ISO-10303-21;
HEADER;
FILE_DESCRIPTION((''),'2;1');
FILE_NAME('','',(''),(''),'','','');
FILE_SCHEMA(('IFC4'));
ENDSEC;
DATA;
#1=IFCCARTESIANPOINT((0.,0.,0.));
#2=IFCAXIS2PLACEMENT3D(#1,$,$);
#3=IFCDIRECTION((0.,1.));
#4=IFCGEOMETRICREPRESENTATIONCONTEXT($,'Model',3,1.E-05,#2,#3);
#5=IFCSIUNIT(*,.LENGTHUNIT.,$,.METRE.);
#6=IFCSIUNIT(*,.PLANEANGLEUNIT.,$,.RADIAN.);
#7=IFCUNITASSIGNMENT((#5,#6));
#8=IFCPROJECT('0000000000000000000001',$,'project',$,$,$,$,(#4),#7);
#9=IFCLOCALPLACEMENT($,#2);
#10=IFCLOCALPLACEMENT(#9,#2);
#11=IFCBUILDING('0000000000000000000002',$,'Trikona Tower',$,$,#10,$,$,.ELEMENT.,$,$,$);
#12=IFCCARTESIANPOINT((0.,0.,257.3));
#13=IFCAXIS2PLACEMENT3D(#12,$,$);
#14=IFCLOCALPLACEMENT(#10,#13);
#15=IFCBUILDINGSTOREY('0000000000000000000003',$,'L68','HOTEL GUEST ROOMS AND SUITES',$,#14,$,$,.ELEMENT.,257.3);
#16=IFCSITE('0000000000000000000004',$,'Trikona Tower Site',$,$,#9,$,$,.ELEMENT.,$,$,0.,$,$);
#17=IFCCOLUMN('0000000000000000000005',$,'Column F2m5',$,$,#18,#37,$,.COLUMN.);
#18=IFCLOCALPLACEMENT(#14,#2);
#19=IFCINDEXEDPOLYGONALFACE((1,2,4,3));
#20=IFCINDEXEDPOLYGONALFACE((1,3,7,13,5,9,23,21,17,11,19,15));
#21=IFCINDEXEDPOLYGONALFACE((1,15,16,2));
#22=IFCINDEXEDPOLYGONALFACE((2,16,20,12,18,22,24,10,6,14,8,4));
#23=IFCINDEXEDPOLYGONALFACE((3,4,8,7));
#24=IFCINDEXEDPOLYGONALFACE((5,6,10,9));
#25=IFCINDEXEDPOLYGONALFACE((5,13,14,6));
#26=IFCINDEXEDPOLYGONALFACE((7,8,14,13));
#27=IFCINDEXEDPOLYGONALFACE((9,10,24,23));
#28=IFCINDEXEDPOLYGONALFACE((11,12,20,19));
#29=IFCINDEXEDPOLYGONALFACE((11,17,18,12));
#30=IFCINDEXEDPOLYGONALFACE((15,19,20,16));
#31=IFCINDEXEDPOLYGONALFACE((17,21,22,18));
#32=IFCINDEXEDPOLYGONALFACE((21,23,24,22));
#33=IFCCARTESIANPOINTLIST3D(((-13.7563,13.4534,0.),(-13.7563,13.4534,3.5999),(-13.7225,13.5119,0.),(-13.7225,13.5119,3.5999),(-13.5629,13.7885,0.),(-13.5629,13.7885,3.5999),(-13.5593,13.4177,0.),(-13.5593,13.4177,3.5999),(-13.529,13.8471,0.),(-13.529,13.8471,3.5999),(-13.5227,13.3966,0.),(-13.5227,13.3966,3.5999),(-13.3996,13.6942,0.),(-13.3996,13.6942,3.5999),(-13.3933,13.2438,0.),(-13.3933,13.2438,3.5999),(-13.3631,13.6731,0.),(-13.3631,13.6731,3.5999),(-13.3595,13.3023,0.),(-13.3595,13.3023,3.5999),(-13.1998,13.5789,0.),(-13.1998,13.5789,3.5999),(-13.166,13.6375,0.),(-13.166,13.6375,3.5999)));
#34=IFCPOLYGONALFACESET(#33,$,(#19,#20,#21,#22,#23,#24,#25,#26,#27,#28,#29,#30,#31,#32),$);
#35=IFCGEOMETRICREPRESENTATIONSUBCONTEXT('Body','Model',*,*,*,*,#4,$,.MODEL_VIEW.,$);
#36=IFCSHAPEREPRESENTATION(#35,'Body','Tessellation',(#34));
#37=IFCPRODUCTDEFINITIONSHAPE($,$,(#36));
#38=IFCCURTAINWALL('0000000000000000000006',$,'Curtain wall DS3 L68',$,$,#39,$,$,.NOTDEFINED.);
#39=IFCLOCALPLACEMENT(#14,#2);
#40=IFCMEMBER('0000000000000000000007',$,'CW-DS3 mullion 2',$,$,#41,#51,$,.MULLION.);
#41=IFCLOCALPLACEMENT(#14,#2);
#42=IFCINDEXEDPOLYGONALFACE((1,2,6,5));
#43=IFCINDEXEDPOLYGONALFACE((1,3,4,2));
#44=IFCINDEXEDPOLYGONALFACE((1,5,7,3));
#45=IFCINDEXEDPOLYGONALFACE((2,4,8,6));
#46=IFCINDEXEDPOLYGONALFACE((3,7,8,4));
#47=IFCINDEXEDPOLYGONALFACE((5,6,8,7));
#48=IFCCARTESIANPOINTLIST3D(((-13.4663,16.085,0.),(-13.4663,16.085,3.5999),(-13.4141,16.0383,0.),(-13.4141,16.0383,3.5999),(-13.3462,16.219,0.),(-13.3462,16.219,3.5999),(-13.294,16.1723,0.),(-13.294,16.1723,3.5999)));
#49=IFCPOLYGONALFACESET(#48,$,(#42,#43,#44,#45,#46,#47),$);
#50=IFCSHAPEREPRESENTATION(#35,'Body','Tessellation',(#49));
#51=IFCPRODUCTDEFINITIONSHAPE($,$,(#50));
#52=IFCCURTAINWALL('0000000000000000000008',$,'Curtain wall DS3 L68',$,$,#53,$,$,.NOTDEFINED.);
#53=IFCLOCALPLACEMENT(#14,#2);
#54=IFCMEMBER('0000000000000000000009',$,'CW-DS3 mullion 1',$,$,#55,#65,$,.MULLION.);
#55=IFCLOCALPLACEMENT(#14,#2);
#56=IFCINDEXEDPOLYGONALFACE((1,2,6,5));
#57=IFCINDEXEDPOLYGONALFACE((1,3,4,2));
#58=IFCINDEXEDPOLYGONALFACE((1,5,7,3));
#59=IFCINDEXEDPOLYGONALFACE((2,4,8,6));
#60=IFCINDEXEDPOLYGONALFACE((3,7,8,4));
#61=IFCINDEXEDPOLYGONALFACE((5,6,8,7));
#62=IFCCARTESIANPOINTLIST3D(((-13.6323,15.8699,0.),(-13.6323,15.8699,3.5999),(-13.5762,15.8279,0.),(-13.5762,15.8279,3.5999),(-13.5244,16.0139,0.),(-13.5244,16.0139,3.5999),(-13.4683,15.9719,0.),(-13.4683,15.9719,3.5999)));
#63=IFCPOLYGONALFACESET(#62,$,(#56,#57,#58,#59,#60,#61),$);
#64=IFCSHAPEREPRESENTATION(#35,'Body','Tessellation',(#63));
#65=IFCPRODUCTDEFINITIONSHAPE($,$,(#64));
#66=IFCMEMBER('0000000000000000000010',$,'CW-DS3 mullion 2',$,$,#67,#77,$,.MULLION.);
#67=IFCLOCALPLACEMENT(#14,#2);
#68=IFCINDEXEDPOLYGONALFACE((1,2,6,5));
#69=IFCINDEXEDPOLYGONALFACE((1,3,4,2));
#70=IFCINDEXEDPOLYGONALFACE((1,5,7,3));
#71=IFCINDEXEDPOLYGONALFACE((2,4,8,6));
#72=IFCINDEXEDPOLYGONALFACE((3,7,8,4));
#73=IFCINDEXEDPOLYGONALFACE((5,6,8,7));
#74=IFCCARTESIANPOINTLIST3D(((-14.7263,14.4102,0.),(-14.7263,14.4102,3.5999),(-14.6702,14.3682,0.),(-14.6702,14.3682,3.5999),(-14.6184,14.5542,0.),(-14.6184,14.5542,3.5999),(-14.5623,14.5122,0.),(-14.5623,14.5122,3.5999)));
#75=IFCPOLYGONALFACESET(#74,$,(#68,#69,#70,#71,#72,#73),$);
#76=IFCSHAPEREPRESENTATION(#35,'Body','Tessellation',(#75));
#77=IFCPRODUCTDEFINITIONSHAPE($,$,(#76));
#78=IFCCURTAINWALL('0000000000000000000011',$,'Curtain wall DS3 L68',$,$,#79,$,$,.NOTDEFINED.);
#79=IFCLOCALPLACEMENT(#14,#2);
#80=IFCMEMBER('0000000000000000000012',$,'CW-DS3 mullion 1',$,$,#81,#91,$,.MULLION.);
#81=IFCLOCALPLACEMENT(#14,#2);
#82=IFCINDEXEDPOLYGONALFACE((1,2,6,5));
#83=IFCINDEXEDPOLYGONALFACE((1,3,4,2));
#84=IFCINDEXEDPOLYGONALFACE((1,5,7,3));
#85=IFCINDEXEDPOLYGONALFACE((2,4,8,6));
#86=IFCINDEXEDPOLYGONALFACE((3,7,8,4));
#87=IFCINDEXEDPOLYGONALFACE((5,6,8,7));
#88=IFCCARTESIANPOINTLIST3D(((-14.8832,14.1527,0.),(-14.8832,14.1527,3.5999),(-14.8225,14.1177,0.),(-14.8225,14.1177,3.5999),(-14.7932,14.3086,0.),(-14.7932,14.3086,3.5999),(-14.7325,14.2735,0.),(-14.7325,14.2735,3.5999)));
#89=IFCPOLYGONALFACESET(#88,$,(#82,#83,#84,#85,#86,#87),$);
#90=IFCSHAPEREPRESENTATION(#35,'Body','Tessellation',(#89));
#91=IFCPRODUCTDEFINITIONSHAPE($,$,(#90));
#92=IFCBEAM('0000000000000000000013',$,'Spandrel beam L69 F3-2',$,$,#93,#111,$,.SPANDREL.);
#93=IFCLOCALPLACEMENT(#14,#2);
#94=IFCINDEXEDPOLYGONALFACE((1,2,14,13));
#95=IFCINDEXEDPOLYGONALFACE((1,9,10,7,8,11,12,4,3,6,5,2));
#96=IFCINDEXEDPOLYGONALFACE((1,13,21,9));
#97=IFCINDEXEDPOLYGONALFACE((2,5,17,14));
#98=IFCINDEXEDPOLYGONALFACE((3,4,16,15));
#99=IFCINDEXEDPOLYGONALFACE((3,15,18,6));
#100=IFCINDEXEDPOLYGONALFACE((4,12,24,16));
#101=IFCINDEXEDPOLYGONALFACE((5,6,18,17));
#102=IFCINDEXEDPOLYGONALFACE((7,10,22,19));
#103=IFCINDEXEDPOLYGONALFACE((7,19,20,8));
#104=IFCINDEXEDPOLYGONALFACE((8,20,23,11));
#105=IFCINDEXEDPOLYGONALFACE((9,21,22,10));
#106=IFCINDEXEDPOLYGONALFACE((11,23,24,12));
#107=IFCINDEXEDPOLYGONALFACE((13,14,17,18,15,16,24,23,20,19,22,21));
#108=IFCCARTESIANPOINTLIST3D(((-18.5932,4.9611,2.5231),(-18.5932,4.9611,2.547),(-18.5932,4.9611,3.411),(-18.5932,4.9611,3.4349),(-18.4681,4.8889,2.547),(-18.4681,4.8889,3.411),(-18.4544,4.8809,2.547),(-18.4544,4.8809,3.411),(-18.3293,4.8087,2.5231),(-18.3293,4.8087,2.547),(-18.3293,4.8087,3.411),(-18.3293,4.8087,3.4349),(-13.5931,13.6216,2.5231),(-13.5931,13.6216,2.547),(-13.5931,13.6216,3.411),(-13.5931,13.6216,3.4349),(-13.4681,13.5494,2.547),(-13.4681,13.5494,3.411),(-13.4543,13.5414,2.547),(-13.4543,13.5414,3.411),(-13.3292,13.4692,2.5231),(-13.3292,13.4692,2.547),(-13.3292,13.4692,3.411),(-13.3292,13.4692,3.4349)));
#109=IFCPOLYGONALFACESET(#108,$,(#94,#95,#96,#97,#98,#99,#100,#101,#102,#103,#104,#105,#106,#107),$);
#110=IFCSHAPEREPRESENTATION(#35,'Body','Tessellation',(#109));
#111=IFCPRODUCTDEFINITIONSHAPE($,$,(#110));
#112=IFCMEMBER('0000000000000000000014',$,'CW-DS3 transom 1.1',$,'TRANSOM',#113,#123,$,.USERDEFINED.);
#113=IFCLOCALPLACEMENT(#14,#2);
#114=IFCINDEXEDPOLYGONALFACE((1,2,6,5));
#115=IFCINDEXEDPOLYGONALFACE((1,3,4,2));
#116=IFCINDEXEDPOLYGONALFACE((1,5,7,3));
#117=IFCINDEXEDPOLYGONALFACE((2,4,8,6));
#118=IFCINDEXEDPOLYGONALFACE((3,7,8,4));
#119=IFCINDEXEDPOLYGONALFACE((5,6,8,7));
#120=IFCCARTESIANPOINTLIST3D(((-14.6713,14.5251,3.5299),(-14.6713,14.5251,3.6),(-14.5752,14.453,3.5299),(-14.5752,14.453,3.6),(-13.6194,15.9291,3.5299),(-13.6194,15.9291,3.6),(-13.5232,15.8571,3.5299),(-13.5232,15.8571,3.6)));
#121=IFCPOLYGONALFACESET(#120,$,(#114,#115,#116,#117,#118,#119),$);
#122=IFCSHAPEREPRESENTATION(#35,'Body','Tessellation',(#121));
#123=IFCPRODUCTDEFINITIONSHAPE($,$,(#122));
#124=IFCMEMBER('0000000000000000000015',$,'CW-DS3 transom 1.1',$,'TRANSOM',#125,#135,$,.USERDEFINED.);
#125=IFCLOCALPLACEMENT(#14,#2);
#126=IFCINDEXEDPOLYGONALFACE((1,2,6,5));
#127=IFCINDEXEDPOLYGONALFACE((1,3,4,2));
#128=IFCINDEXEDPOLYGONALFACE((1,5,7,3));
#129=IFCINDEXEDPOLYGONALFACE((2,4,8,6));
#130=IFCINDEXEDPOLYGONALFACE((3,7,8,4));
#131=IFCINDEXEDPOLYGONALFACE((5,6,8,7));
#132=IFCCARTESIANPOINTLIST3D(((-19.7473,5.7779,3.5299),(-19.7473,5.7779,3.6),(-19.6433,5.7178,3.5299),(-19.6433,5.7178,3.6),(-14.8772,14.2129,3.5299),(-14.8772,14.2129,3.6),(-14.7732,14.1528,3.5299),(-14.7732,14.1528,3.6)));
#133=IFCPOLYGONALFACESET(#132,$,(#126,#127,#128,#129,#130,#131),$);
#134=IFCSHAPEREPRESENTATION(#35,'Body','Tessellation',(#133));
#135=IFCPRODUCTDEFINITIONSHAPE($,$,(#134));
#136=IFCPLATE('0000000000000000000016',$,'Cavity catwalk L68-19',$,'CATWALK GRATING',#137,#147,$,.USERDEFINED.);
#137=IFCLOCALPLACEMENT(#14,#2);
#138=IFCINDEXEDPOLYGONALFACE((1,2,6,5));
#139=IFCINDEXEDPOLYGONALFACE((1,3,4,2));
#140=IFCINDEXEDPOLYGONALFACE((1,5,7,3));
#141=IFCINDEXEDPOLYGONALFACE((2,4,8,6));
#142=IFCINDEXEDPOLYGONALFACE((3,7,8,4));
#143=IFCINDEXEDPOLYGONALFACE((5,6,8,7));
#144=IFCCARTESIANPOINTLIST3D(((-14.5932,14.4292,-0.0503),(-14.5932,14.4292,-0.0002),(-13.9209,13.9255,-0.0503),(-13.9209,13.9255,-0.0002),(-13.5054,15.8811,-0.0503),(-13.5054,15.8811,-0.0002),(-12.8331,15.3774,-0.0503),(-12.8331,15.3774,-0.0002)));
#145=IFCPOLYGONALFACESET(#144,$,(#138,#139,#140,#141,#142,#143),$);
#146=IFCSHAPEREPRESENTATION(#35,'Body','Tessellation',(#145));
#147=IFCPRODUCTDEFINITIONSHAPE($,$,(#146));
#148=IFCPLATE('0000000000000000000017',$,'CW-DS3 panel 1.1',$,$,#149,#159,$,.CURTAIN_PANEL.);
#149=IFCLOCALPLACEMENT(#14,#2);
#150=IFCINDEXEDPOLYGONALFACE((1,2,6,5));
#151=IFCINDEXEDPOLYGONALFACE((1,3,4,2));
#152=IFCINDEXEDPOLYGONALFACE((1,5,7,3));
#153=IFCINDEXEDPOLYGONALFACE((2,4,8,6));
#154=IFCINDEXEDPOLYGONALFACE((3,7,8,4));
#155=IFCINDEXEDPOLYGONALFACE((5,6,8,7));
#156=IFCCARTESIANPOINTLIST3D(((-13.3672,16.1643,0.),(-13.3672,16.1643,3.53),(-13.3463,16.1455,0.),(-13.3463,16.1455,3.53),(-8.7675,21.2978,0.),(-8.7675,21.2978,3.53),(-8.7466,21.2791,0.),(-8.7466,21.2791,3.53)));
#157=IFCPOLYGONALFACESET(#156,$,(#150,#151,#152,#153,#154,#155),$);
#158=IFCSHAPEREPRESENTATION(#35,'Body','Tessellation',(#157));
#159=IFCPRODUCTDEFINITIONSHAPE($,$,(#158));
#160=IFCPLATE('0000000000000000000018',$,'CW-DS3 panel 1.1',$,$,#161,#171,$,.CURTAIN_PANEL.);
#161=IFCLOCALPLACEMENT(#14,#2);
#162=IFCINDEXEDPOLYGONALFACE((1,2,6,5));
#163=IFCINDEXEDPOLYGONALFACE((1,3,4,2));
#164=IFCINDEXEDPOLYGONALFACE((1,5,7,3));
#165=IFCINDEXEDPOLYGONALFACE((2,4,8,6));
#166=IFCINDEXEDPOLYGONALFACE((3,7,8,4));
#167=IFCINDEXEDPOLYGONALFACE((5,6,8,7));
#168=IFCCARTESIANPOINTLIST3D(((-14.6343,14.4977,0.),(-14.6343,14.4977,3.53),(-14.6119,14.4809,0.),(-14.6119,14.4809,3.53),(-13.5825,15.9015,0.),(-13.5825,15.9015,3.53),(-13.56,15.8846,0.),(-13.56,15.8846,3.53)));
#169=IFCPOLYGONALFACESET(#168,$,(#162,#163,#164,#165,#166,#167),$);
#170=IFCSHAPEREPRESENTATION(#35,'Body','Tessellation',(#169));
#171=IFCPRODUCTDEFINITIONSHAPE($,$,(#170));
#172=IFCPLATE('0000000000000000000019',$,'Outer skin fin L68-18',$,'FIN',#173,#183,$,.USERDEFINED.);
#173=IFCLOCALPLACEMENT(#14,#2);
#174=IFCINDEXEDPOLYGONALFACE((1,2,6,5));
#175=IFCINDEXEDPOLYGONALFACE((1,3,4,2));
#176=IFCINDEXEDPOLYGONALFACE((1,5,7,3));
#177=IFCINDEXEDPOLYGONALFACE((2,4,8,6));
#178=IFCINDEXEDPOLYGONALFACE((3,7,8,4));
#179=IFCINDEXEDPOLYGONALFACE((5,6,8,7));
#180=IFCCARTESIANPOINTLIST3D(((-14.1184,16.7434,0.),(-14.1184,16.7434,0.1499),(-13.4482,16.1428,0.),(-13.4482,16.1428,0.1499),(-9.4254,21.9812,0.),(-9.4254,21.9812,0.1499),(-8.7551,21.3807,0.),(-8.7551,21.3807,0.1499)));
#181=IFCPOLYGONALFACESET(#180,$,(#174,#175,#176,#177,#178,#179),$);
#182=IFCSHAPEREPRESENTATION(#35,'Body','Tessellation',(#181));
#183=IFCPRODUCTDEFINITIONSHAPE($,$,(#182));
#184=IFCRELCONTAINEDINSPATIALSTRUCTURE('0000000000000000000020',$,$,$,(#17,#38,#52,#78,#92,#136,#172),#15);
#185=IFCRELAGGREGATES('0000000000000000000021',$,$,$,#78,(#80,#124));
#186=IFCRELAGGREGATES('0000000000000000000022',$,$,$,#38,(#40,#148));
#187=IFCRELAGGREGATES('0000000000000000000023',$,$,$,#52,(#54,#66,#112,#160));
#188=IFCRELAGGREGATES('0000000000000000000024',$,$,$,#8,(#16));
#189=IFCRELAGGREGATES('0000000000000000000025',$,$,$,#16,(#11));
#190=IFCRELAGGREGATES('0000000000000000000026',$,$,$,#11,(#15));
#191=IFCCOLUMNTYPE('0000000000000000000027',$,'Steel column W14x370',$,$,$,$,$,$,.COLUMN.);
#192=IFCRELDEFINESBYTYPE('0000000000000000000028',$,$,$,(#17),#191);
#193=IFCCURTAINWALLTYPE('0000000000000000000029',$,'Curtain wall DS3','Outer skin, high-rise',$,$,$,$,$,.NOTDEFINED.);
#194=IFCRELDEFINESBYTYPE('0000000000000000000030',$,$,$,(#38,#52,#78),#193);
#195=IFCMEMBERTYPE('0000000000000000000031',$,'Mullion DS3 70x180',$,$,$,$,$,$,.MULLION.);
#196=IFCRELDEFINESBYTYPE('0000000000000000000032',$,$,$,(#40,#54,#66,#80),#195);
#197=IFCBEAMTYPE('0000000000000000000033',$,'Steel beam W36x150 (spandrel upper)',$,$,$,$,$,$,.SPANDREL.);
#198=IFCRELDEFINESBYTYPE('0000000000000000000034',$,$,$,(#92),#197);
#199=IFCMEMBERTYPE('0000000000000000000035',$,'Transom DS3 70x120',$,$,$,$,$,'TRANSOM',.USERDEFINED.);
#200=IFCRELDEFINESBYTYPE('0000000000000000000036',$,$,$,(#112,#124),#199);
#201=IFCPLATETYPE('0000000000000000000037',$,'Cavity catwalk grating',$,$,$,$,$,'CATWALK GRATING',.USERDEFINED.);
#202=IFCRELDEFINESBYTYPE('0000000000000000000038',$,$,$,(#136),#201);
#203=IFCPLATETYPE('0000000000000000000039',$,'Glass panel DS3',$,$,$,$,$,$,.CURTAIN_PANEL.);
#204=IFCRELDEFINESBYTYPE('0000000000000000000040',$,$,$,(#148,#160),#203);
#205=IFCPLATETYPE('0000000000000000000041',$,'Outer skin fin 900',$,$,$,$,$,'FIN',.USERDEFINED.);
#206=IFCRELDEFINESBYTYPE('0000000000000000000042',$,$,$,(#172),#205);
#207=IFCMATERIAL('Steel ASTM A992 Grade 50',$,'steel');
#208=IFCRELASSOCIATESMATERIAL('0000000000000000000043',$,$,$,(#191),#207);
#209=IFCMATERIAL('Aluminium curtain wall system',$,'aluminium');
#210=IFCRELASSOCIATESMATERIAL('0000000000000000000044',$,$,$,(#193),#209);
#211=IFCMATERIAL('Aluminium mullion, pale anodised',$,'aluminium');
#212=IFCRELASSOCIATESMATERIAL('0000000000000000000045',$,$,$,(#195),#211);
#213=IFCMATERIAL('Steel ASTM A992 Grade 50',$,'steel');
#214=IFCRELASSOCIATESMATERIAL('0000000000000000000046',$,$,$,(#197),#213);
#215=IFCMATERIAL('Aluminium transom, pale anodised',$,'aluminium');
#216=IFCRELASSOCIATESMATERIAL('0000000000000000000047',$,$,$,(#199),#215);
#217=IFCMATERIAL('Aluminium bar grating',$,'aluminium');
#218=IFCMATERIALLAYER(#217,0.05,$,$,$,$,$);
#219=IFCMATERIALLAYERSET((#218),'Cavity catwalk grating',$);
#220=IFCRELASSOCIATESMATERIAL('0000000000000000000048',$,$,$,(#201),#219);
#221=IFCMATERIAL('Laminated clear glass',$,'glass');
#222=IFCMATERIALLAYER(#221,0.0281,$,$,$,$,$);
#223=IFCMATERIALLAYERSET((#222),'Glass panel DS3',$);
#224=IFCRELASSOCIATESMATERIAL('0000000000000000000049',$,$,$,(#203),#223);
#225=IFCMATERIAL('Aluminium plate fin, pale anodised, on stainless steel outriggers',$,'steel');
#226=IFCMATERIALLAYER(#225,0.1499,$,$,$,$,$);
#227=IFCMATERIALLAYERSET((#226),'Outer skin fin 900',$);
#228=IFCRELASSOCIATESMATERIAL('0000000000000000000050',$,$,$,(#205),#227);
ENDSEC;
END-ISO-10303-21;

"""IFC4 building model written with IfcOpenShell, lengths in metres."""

from ifc_helpers import new_model, si_unit, direction, frame, origin, origin_2d, place, context, subcontext, project, spatial, rectangle, i_section, extrude, material, layer, layer_set, material_profile, profile_set, type_object, element, aggregate, save


model = new_model("IFC4")

# Units and contexts
model_context = context("Model", 3, precision=1e-05, world=origin(), true_north=direction((0.0, 1.0)))
body_context = subcontext(model_context, "Body", "Model", "MODEL_VIEW")
ifc_project = project(units=[si_unit("LENGTHUNIT", "METRE"), si_unit("PLANEANGLEUNIT", "RADIAN")], contexts=[model_context])

# Site, building, storey
site_placement = place(None, origin())
site = spatial("IfcSite", under=ifc_project, at=site_placement, Name="Trikona Tower Site", CompositionType="ELEMENT", RefElevation=0.0)
building_placement = place(site_placement, origin())
building = spatial("IfcBuilding", under=site, at=building_placement, Name="Trikona Tower", CompositionType="ELEMENT")
storey_placement = place(building_placement, frame((0.0, 0.0, 257.3)))
storey = spatial("IfcBuildingStorey", under=building, at=storey_placement, Name="L68", Description="HOTEL GUEST ROOMS AND SUITES", CompositionType="ELEMENT", Elevation=257.3)

# Column
ifc_material_1 = material(Name="Steel ASTM A992 Grade 50", Category="steel")
ifc_material_profile_1 = material_profile(ifc_material_1, i_section(OverallWidth=0.4192, OverallDepth=0.4546, WebThickness=0.0422, FlangeThickness=0.0676, at=origin_2d()), Name="W14X370")
ifc_profile_set_1 = profile_set([ifc_material_profile_1], Name="Steel ASTM A992 Grade 50")
column_type = type_object("IfcColumnType", Name="Steel column W14x370", PredefinedType="COLUMN", material=ifc_profile_set_1)
column_placement = place(storey_placement, frame((-13.4612, 13.5454, 0.0), z_axis=(0.0, 0.0, 1.0), x_axis=(-0.866025, 0.5, 0.0)))
element("IfcColumn", 1, at=column_placement, inside=storey, type_object=column_type, Name="Column F2m5", PredefinedType="COLUMN", context=body_context, shape_type="SweptSolid", body=[
    extrude(i_section(OverallWidth=0.4192, OverallDepth=0.4546, WebThickness=0.0422, FlangeThickness=0.0676, at=origin_2d()), origin(), (0.0, 0.0, 1.0), 3.5999),
])

# Curtain wall, member
ifc_material_2 = material(Name="Aluminium curtain wall system", Category="aluminium")
curtain_wall_type = type_object("IfcCurtainWallType", Name="Curtain wall DS3", Description="Outer skin, high-rise", PredefinedType="NOTDEFINED", material=ifc_material_2)
curtain_wall_1_placement = place(storey_placement, origin())
curtain_wall_1 = element("IfcCurtainWall", 2, at=curtain_wall_1_placement, inside=storey, type_object=curtain_wall_type, Name="Curtain wall DS3 L68", PredefinedType="NOTDEFINED")
ifc_material_3 = material(Name="Aluminium mullion, pale anodised", Category="aluminium")
ifc_material_profile_2 = material_profile(ifc_material_3, rectangle(XDim=0.0701, YDim=0.1799, at=origin_2d()), Name="MUL-DS3")
ifc_profile_set_2 = profile_set([ifc_material_profile_2], Name="Aluminium mullion, pale anodised")
member_type_1 = type_object("IfcMemberType", Name="Mullion DS3 70x180", PredefinedType="MULLION", material=ifc_profile_set_2)
member_1_placement = place(storey_placement, frame((-13.3801, 16.1287, 0.0), z_axis=(0.0, 0.0, 1.0), x_axis=(0.744771, -0.66732, 0.0)))
member_1 = element("IfcMember", 3, at=member_1_placement, type_object=member_type_1, Name="CW-DS3 mullion 2", PredefinedType="MULLION", context=body_context, shape_type="SweptSolid", body=[
    extrude(rectangle(XDim=0.0701, YDim=0.1799, at=origin_2d()), origin(), (0.0, 0.0, 1.0), 3.5999),
])

# Curtain wall, members
curtain_wall_2_placement = place(storey_placement, origin())
curtain_wall_2 = element("IfcCurtainWall", 4, at=curtain_wall_2_placement, inside=storey, type_object=curtain_wall_type, Name="Curtain wall DS3 L68", PredefinedType="NOTDEFINED")
member_2_placement = place(storey_placement, frame((-13.5503, 15.9209, 0.0), z_axis=(0.0, 0.0, 1.0), x_axis=(0.80026, -0.599654, 0.0)))
member_2 = element("IfcMember", 5, at=member_2_placement, type_object=member_type_1, Name="CW-DS3 mullion 1", PredefinedType="MULLION", context=body_context, shape_type="SweptSolid", body=[
    extrude(rectangle(XDim=0.0701, YDim=0.1799, at=origin_2d()), origin(), (0.0, 0.0, 1.0), 3.5999),
])
member_3_placement = place(storey_placement, frame((-14.6443, 14.4612, 0.0), z_axis=(0.0, 0.0, 1.0), x_axis=(0.80026, -0.599654, 0.0)))
member_3 = element("IfcMember", 6, at=member_3_placement, type_object=member_type_1, Name="CW-DS3 mullion 2", PredefinedType="MULLION", context=body_context, shape_type="SweptSolid", body=[
    extrude(rectangle(XDim=0.0701, YDim=0.1799, at=origin_2d()), origin(), (0.0, 0.0, 1.0), 3.5999),
])

# Curtain wall, member
curtain_wall_3_placement = place(storey_placement, origin())
curtain_wall_3 = element("IfcCurtainWall", 7, at=curtain_wall_3_placement, inside=storey, type_object=curtain_wall_type, Name="Curtain wall DS3 L68", PredefinedType="NOTDEFINED")
member_4_placement = place(storey_placement, frame((-14.8079, 14.2131, 0.0), z_axis=(0.0, 0.0, 1.0), x_axis=(0.866025, -0.500001, 0.0)))
member_4 = element("IfcMember", 8, at=member_4_placement, type_object=member_type_1, Name="CW-DS3 mullion 1", PredefinedType="MULLION", context=body_context, shape_type="SweptSolid", body=[
    extrude(rectangle(XDim=0.0701, YDim=0.1799, at=origin_2d()), origin(), (0.0, 0.0, 1.0), 3.5999),
])

# Beam
ifc_material_4 = material(Name="Steel ASTM A992 Grade 50", Category="steel")
ifc_material_profile_3 = material_profile(ifc_material_4, i_section(OverallWidth=0.3047, OverallDepth=0.9119, WebThickness=0.0159, FlangeThickness=0.0239, at=origin_2d()), Name="W36X150")
ifc_profile_set_3 = profile_set([ifc_material_profile_3], Name="Steel ASTM A992 Grade 50")
beam_type = type_object("IfcBeamType", Name="Steel beam W36x150 (spandrel upper)", PredefinedType="SPANDREL", material=ifc_profile_set_3)
beam_placement = place(storey_placement, frame((-13.4612, 13.5454, 2.979), z_axis=(-0.499994, -0.866029, 0.0), x_axis=(0.866029, -0.499994, 0.0)))
element("IfcBeam", 9, at=beam_placement, inside=storey, type_object=beam_type, Name="Spandrel beam L69 F3-2", PredefinedType="SPANDREL", context=body_context, shape_type="SweptSolid", body=[
    extrude(i_section(OverallWidth=0.3047, OverallDepth=0.9119, WebThickness=0.0159, FlangeThickness=0.0239, at=origin_2d()), origin(), (0.0, 0.0, 1.0), 10.0002),
])

# Members
ifc_material_5 = material(Name="Aluminium transom, pale anodised", Category="aluminium")
ifc_material_profile_4 = material_profile(ifc_material_5, rectangle(XDim=0.1201, YDim=0.0701, at=origin_2d()), Name="TRN-DS3")
ifc_profile_set_4 = profile_set([ifc_material_profile_4], Name="Aluminium transom, pale anodised")
member_type_2 = type_object("IfcMemberType", Name="Transom DS3 70x120", ElementType="TRANSOM", PredefinedType="USERDEFINED", material=ifc_profile_set_4)
member_5_placement = place(storey_placement, frame((-13.5713, 15.8931, 3.5649), z_axis=(-0.599621, -0.800284, 0.0), x_axis=(0.800284, -0.599621, 0.0)))
member_5 = element("IfcMember", 10, at=member_5_placement, type_object=member_type_2, Name="CW-DS3 transom 1.1", ObjectType="TRANSOM", PredefinedType="USERDEFINED", context=body_context, shape_type="SweptSolid", body=[
    extrude(rectangle(XDim=0.1201, YDim=0.0701, at=origin_2d()), origin(), (0.0, 0.0, 1.0), 1.7544),
])
member_6_placement = place(storey_placement, frame((-14.8252, 14.1829, 3.5649), z_axis=(-0.50001, -0.866019, 0.0), x_axis=(0.866019, -0.50001, 0.0)))
member_6 = element("IfcMember", 11, at=member_6_placement, type_object=member_type_2, Name="CW-DS3 transom 1.1", ObjectType="TRANSOM", PredefinedType="USERDEFINED", context=body_context, shape_type="SweptSolid", body=[
    extrude(rectangle(XDim=0.1201, YDim=0.0701, at=origin_2d()), origin(), (0.0, 0.0, 1.0), 9.74),
])
aggregate(curtain_wall_3, [member_4, member_6])

# Plates
ifc_material_6 = material(Name="Aluminium bar grating", Category="aluminium")
ifc_layer_1 = layer(ifc_material_6, 0.05)
ifc_layer_set_1 = layer_set([ifc_layer_1], Name="Cavity catwalk grating")
plate_type_1 = type_object("IfcPlateType", Name="Cavity catwalk grating", ElementType="CATWALK GRATING", PredefinedType="USERDEFINED", material=ifc_layer_set_1)
plate_1_placement = place(storey_placement, frame((-13.7131, 14.9033, -0.0503), z_axis=(0.0, 0.0, 1.0), x_axis=(-0.599619, -0.800286, 0.0)))
element("IfcPlate", 12, at=plate_1_placement, inside=storey, type_object=plate_type_1, Name="Cavity catwalk L68-19", ObjectType="CATWALK GRATING", PredefinedType="USERDEFINED", context=body_context, shape_type="SweptSolid", body=[
    extrude(rectangle(XDim=1.8142, YDim=0.8401, at=origin_2d()), origin(), (0.0, 0.0, 1.0), 0.05),
])
ifc_material_7 = material(Name="Laminated clear glass", Category="glass")
ifc_layer_2 = layer(ifc_material_7, 0.0281)
ifc_layer_set_2 = layer_set([ifc_layer_2], Name="Glass panel DS3")
plate_type_2 = type_object("IfcPlateType", Name="Glass panel DS3", PredefinedType="CURTAIN_PANEL", material=ifc_layer_set_2)
plate_2_placement = place(storey_placement, frame((-11.0569, 18.7217, 0.0), z_axis=(0.0, 0.0, 1.0), x_axis=(-0.66732, -0.744771, 0.0)))
plate_2 = element("IfcPlate", 13, at=plate_2_placement, type_object=plate_type_2, Name="CW-DS3 panel 1.1", PredefinedType="CURTAIN_PANEL", context=body_context, shape_type="SweptSolid", body=[
    extrude(rectangle(XDim=6.8928, YDim=0.0281, at=origin_2d()), origin(), (0.0, 0.0, 1.0), 3.53),
])
aggregate(curtain_wall_1, [member_1, plate_2])
plate_3_placement = place(storey_placement, frame((-14.0972, 15.1912, 0.0), z_axis=(0.0, 0.0, 1.0), x_axis=(-0.599654, -0.80026, 0.0)))
plate_3 = element("IfcPlate", 14, at=plate_3_placement, type_object=plate_type_2, Name="CW-DS3 panel 1.1", PredefinedType="CURTAIN_PANEL", context=body_context, shape_type="SweptSolid", body=[
    extrude(rectangle(XDim=1.7542, YDim=0.0281, at=origin_2d()), origin(), (0.0, 0.0, 1.0), 3.53),
])
aggregate(curtain_wall_2, [member_2, member_3, member_5, plate_3])

# Plate
ifc_material_8 = material(Name="Aluminium plate fin, pale anodised, on stainless steel outriggers", Category="steel")
ifc_layer_3 = layer(ifc_material_8, 0.1499)
ifc_layer_set_3 = layer_set([ifc_layer_3], Name="Outer skin fin 900")
plate_type_3 = type_object("IfcPlateType", Name="Outer skin fin 900", ElementType="FIN", PredefinedType="USERDEFINED", material=ifc_layer_set_3)
plate_4_placement = place(storey_placement, frame((-11.4368, 19.062, 0.0), z_axis=(0.0, 0.0, 1.0), x_axis=(-0.667311, -0.744779, 0.0)))
element("IfcPlate", 15, at=plate_4_placement, inside=storey, type_object=plate_type_3, Name="Outer skin fin L68-18", ObjectType="FIN", PredefinedType="USERDEFINED", context=body_context, shape_type="SweptSolid", body=[
    extrude(rectangle(XDim=7.0327, YDim=0.8999, at=origin_2d()), origin(), (0.0, 0.0, 1.0), 0.1499),
])

save(model, "model.ifc")
